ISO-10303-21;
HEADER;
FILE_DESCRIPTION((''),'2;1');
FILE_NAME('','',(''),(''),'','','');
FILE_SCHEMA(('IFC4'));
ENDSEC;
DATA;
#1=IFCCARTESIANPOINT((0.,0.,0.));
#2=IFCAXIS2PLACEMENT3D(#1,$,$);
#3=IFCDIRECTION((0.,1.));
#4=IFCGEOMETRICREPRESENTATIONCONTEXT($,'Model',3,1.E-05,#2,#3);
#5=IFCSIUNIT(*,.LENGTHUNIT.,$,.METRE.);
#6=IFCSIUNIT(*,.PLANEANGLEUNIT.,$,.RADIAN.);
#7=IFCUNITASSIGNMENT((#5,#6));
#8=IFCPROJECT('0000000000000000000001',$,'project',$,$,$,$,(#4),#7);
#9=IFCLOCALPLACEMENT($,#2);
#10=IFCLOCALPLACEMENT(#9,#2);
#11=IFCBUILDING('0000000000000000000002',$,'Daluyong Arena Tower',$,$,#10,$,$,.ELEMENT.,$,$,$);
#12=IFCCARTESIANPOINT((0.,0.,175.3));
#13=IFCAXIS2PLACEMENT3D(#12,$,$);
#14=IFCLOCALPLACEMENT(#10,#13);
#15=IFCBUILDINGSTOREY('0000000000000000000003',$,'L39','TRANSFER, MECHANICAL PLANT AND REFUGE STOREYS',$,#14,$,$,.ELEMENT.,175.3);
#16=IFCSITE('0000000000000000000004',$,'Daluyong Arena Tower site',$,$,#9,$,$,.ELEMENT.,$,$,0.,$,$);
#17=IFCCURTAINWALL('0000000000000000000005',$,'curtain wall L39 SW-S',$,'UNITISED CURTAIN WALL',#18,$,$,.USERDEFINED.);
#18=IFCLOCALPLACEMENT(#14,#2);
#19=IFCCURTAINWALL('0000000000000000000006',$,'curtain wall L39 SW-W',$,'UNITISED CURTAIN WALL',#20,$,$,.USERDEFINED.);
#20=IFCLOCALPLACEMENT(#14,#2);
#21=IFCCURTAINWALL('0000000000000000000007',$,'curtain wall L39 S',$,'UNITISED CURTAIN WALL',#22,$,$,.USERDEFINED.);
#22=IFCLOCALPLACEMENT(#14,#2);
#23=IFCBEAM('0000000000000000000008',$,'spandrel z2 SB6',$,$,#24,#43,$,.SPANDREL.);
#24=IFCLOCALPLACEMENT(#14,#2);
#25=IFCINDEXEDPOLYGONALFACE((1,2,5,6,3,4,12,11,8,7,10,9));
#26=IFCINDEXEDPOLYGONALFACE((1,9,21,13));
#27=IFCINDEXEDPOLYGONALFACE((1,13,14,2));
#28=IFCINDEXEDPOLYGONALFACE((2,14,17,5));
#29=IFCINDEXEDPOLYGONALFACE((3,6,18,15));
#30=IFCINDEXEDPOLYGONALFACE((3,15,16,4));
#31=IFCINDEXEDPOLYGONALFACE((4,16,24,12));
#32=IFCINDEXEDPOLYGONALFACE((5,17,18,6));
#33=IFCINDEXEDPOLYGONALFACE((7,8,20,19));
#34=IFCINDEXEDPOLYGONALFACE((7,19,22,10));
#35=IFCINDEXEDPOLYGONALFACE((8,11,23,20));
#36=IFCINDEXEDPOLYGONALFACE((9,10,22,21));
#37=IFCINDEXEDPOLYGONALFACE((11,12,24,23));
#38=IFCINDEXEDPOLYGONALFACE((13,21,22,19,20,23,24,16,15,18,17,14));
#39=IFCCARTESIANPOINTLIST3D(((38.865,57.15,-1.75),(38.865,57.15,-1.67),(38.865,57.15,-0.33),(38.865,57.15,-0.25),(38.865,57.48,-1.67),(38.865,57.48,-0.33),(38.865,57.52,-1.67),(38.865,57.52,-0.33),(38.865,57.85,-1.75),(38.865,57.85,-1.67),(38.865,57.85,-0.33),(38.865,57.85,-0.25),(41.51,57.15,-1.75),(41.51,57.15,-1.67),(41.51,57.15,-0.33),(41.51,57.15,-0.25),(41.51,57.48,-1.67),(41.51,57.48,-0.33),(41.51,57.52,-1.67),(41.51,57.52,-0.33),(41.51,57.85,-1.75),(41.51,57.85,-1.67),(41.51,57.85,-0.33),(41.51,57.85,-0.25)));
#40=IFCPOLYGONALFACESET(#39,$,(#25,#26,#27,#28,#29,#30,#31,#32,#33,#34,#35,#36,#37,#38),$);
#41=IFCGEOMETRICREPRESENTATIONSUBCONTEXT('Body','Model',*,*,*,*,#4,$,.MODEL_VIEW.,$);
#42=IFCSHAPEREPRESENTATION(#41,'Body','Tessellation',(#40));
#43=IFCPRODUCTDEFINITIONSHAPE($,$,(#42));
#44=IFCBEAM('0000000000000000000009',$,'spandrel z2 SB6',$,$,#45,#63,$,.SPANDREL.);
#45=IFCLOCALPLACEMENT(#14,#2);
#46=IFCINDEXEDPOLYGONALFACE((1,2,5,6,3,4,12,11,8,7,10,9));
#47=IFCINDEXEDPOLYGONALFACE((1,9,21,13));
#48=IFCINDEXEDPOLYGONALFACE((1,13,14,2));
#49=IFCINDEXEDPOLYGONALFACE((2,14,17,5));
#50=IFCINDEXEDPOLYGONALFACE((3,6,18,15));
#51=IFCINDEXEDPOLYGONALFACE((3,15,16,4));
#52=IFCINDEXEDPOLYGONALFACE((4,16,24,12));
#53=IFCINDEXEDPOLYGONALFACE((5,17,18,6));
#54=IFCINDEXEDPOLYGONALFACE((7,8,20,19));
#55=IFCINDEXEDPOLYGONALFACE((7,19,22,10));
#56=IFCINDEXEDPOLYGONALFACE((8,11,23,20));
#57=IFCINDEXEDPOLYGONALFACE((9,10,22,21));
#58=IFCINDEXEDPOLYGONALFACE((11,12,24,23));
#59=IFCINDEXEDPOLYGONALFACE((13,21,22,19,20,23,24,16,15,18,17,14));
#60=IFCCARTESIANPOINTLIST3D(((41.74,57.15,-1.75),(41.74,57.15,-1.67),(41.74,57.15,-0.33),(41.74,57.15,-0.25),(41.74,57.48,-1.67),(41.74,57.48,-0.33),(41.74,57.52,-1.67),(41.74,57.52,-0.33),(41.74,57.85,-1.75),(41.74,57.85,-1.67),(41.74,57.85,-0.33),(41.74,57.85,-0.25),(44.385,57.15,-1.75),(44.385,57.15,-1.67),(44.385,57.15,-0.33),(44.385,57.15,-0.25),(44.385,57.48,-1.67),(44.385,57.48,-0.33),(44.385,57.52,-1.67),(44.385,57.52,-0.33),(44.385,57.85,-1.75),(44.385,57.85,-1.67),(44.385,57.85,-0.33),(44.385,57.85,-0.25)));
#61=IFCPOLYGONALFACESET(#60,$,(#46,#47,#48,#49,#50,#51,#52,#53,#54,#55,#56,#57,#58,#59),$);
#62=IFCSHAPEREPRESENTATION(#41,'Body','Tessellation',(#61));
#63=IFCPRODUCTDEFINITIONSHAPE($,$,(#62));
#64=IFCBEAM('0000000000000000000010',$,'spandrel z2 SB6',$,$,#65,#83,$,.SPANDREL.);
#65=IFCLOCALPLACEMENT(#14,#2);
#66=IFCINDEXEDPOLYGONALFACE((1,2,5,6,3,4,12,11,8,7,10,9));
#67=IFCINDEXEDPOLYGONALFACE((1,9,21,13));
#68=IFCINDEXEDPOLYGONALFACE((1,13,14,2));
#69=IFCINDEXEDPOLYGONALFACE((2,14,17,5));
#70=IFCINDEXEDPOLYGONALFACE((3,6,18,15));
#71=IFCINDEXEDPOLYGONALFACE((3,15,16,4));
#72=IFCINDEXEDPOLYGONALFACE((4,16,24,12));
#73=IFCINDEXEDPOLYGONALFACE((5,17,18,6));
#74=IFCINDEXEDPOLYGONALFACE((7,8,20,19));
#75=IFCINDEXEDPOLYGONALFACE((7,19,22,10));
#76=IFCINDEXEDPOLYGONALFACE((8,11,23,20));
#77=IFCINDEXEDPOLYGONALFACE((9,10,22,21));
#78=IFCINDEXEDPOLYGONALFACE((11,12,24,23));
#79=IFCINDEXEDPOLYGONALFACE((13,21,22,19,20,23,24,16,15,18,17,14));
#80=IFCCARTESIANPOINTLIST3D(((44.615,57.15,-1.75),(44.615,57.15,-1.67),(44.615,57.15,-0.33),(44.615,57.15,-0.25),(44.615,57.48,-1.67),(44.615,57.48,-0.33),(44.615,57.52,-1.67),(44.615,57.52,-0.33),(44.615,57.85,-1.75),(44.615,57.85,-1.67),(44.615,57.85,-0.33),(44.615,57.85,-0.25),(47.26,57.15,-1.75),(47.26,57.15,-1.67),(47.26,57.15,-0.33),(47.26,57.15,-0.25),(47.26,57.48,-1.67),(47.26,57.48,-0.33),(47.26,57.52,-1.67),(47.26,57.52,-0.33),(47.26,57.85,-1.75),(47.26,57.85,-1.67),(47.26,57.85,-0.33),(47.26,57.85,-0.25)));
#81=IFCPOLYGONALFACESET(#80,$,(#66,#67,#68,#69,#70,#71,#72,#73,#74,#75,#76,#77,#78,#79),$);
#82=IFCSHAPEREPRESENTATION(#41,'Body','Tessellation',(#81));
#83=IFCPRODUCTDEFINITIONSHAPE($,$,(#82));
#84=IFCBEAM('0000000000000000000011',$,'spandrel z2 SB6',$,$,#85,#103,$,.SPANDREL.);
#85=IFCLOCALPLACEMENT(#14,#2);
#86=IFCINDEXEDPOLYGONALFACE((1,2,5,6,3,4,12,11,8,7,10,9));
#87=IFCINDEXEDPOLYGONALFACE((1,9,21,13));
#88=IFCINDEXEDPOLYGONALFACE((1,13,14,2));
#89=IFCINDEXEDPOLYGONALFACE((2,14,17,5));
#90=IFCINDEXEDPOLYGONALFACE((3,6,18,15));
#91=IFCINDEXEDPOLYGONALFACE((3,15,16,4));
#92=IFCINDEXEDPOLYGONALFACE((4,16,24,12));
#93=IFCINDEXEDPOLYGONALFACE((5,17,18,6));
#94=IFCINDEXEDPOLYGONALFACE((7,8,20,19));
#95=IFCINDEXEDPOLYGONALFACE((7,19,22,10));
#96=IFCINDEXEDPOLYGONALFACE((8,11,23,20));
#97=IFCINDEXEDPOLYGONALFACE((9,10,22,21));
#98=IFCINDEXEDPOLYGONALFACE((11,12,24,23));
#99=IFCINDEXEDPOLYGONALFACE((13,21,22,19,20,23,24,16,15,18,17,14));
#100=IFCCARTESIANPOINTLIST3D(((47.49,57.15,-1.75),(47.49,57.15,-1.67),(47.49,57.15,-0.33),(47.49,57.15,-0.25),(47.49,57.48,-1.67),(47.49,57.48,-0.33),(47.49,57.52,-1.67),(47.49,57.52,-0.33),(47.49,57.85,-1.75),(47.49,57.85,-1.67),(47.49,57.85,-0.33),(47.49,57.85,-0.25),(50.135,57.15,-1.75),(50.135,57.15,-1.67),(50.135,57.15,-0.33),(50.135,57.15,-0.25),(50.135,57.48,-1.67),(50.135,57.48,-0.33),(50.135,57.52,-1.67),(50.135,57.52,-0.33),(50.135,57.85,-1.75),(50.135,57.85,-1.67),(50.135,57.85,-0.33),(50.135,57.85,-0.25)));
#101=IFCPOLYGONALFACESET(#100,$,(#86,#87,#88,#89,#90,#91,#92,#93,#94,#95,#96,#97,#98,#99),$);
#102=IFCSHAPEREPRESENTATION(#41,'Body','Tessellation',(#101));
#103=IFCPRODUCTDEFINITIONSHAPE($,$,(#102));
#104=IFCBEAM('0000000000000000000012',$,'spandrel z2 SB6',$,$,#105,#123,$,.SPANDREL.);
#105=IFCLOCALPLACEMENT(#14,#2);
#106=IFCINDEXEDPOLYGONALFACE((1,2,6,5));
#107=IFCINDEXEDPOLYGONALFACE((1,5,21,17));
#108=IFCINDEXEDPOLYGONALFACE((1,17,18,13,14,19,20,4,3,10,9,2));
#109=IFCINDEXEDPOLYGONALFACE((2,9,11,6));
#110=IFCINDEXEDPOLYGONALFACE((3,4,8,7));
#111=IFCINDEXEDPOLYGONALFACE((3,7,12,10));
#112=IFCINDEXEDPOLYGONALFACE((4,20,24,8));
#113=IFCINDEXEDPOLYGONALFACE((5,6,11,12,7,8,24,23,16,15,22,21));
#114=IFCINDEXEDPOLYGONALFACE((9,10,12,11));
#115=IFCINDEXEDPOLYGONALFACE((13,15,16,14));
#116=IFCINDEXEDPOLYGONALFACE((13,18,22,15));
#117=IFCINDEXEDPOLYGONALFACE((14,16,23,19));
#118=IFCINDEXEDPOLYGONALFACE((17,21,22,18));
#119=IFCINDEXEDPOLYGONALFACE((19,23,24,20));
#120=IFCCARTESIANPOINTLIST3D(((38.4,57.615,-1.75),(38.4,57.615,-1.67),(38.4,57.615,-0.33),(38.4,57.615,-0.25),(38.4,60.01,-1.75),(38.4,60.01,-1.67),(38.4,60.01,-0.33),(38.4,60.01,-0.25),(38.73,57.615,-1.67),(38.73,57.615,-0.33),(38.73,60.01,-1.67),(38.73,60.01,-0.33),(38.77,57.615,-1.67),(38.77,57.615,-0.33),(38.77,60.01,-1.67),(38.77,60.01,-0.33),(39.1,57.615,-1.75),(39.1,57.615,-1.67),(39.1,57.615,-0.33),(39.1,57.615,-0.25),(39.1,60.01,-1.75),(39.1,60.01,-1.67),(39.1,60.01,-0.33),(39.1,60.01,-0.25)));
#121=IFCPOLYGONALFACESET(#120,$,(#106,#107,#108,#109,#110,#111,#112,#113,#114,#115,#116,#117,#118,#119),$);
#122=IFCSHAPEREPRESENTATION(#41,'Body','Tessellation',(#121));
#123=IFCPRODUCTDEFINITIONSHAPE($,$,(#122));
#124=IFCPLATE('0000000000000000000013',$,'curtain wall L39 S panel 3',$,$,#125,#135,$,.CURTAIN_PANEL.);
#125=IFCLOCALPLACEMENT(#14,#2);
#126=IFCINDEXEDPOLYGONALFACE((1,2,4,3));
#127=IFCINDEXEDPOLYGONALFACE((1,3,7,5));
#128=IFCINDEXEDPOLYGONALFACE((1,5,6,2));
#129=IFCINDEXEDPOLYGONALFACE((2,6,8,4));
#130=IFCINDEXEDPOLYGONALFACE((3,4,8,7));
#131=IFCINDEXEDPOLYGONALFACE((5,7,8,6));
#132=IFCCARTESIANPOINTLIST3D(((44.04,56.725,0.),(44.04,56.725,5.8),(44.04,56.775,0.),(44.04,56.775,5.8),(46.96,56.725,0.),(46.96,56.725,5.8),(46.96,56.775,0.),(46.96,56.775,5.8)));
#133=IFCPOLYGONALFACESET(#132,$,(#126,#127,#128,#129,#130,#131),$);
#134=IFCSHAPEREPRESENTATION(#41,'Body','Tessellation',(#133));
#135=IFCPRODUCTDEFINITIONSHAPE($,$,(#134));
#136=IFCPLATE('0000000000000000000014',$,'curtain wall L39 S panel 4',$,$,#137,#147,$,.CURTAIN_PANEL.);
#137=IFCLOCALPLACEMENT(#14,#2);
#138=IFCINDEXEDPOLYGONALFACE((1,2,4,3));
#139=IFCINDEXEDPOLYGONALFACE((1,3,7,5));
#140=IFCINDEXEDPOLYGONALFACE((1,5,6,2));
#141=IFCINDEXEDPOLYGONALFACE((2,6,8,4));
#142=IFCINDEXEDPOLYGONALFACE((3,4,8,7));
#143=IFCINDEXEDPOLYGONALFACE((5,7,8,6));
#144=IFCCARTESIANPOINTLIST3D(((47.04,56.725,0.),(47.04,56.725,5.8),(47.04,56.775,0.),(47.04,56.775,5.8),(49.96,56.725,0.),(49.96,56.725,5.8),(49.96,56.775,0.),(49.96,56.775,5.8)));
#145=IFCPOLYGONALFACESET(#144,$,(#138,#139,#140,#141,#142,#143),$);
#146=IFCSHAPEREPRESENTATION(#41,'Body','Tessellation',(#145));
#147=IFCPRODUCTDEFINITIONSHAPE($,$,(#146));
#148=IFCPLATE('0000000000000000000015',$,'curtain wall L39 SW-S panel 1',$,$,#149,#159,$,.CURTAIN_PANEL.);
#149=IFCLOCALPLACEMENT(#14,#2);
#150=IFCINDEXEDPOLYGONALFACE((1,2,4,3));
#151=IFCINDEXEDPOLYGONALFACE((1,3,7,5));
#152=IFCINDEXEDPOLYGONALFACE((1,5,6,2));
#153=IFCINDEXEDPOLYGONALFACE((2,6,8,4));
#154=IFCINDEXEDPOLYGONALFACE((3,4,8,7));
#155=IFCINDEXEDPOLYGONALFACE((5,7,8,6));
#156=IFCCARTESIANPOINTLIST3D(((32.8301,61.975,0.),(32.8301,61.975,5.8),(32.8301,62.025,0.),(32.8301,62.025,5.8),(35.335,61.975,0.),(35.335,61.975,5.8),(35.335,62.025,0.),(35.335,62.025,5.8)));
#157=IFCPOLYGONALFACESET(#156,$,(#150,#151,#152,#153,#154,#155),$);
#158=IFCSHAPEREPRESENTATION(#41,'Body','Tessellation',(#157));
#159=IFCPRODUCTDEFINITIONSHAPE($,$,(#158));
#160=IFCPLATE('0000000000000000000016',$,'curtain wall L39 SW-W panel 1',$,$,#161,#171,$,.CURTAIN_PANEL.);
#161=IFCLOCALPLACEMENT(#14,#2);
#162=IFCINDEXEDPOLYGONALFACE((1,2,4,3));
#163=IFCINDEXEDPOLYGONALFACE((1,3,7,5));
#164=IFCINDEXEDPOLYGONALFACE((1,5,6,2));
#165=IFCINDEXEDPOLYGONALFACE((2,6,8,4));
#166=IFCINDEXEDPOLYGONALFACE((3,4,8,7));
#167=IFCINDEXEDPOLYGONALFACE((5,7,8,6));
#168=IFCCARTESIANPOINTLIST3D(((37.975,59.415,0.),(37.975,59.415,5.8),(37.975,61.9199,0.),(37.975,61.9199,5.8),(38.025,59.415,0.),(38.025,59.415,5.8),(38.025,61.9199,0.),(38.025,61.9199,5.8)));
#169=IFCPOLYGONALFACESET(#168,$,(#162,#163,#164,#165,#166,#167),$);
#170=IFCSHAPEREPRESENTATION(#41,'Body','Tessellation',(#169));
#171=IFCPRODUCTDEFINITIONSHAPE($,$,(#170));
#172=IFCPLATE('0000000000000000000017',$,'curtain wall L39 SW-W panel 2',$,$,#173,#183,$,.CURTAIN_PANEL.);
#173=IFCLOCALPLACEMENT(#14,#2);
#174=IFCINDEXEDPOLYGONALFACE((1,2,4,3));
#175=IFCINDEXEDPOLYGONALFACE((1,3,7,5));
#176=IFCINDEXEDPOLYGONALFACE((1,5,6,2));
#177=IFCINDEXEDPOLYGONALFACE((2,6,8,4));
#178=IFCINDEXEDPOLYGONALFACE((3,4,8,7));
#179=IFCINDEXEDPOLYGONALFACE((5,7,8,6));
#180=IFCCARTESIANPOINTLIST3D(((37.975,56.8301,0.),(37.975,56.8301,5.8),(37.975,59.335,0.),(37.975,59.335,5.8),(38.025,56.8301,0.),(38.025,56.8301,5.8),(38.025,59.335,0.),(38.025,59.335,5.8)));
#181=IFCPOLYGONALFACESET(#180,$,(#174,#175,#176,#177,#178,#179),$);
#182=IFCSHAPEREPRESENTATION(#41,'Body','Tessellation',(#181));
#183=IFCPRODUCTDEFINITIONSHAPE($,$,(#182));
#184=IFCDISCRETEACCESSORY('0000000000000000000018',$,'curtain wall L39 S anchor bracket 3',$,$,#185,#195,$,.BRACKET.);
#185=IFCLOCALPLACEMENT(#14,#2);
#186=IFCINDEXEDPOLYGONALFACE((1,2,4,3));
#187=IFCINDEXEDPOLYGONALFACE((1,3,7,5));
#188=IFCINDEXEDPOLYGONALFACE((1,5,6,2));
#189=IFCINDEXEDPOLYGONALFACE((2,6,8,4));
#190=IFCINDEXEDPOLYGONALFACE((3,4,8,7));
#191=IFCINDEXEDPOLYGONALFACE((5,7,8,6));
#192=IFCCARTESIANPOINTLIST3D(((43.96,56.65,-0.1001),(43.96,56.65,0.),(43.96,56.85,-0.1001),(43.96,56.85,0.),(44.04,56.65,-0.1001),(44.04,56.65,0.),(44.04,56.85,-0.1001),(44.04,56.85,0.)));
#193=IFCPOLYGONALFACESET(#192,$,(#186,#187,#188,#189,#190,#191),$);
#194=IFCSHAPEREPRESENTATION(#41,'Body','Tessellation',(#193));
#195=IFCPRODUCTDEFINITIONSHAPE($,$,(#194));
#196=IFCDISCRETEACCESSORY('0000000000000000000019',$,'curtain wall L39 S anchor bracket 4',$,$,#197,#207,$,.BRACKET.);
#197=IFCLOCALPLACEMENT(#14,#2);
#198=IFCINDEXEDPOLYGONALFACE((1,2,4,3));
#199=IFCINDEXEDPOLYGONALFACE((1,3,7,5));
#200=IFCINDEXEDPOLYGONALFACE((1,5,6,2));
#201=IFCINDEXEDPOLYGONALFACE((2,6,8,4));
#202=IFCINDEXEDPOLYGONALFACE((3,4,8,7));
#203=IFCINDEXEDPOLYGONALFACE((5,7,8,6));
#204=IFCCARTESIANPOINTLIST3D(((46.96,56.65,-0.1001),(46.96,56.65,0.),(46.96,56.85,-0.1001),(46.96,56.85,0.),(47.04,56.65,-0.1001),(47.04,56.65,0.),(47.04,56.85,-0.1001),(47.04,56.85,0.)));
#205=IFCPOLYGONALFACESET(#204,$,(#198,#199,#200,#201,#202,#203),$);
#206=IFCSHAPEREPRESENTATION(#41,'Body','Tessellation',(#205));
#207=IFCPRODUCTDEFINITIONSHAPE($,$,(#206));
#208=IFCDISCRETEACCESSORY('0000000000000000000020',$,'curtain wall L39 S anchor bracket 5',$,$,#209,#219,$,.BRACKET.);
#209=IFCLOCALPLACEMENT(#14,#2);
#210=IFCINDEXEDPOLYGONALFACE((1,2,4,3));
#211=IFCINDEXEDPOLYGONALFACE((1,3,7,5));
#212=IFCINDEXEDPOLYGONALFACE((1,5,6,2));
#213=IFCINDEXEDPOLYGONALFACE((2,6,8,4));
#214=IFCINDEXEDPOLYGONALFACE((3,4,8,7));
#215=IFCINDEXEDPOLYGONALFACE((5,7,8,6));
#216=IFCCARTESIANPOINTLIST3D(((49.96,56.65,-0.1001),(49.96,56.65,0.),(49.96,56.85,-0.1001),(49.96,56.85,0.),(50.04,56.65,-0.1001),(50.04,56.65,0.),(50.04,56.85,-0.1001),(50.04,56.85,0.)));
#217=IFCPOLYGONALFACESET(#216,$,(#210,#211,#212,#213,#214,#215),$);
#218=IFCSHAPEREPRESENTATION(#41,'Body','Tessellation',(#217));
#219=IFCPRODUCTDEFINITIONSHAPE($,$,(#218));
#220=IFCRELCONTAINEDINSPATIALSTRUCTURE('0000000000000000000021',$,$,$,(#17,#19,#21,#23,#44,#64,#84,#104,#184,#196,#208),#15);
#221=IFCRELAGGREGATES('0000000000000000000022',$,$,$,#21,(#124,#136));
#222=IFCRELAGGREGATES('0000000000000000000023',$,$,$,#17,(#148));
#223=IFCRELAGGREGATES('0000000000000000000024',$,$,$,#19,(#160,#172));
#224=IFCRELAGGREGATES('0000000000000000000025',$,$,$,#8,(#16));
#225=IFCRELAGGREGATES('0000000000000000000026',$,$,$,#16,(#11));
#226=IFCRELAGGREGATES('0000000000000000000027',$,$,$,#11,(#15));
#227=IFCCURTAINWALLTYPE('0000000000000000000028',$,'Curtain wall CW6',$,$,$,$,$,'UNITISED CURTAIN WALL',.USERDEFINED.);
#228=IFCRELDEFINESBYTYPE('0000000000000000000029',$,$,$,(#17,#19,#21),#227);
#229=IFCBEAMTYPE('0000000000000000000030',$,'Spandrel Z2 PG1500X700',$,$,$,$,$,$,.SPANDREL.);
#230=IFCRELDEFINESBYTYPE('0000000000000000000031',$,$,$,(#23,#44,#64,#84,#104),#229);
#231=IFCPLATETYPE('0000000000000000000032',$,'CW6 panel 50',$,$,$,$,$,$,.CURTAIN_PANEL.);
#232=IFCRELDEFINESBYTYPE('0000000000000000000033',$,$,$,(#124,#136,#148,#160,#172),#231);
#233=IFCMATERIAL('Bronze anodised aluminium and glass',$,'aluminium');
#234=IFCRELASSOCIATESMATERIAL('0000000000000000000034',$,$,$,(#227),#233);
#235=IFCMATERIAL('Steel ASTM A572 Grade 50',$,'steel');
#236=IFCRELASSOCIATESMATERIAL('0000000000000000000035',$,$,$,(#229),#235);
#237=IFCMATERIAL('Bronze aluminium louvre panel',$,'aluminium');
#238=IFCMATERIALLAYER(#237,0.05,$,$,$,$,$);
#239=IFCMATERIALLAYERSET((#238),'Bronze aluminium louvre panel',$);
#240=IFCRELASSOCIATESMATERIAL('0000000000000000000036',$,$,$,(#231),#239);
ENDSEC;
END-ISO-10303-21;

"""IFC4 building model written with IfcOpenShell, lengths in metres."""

from ifc_helpers import new_model, si_unit, direction, frame, origin, origin_2d, place, context, subcontext, project, spatial, rectangle, i_section, extrude, material, layer, layer_set, material_profile, profile_set, type_object, element, aggregate, save


model = new_model("IFC4")

# Units and contexts
model_context = context("Model", 3, precision=1e-05, world=origin(), true_north=direction((0.0, 1.0)))
body_context = subcontext(model_context, "Body", "Model", "MODEL_VIEW")
ifc_project = project(units=[si_unit("LENGTHUNIT", "METRE"), si_unit("PLANEANGLEUNIT", "RADIAN")], contexts=[model_context])

# Site, building, storey
site_placement = place(None, origin())
site = spatial("IfcSite", under=ifc_project, at=site_placement, Name="Daluyong Arena Tower site", CompositionType="ELEMENT", RefElevation=0.0)
building_placement = place(site_placement, origin())
building = spatial("IfcBuilding", under=site, at=building_placement, Name="Daluyong Arena Tower", CompositionType="ELEMENT")
storey_placement = place(building_placement, frame((0.0, 0.0, 175.3)))
storey = spatial("IfcBuildingStorey", under=building, at=storey_placement, Name="L39", Description="TRANSFER, MECHANICAL PLANT AND REFUGE STOREYS", CompositionType="ELEMENT", Elevation=175.3)

# Curtain walls
ifc_material_1 = material(Name="Bronze anodised aluminium and glass", Category="aluminium")
curtain_wall_type = type_object("IfcCurtainWallType", Name="Curtain wall CW6", ElementType="UNITISED CURTAIN WALL", PredefinedType="USERDEFINED", material=ifc_material_1)
curtain_wall_1_placement = place(storey_placement, origin())
curtain_wall_1 = element("IfcCurtainWall", 1, at=curtain_wall_1_placement, inside=storey, type_object=curtain_wall_type, Name="curtain wall L39 SW-S", ObjectType="UNITISED CURTAIN WALL", PredefinedType="USERDEFINED")
curtain_wall_2_placement = place(storey_placement, origin())
curtain_wall_2 = element("IfcCurtainWall", 2, at=curtain_wall_2_placement, inside=storey, type_object=curtain_wall_type, Name="curtain wall L39 SW-W", ObjectType="UNITISED CURTAIN WALL", PredefinedType="USERDEFINED")
curtain_wall_3_placement = place(storey_placement, origin())
curtain_wall_3 = element("IfcCurtainWall", 3, at=curtain_wall_3_placement, inside=storey, type_object=curtain_wall_type, Name="curtain wall L39 S", ObjectType="UNITISED CURTAIN WALL", PredefinedType="USERDEFINED")

# Beams
ifc_material_2 = material(Name="Steel ASTM A572 Grade 50", Category="steel")
ifc_material_profile_1 = material_profile(ifc_material_2, i_section(OverallWidth=0.7, OverallDepth=1.5, WebThickness=0.04, FlangeThickness=0.08, at=origin_2d()))
ifc_profile_set_1 = profile_set([ifc_material_profile_1], Name="Steel ASTM A572 Grade 50")
beam_type_1 = type_object("IfcBeamType", Name="Spandrel Z2 PG1500X700", PredefinedType="SPANDREL", material=ifc_profile_set_1)
for number, where, z_axis, x_axis, name in (
    (4, (38.865, 57.5, -1.0), (1.0, 0.0, 0.0), (0.0, 1.0, 0.0), "spandrel z2 SB6"),
    (5, (41.74, 57.5, -1.0), (1.0, 0.0, 0.0), (0.0, 1.0, 0.0), "spandrel z2 SB6"),
    (6, (44.615, 57.5, -1.0), (1.0, 0.0, 0.0), (0.0, 1.0, 0.0), "spandrel z2 SB6"),
    (7, (47.49, 57.5, -1.0), (1.0, 0.0, 0.0), (0.0, 1.0, 0.0), "spandrel z2 SB6"),
):
    element("IfcBeam", number, at=place(storey_placement, frame(where, z_axis=z_axis, x_axis=x_axis)), inside=storey, type_object=beam_type_1, Name=name, PredefinedType="SPANDREL", context=body_context, shape_type="SweptSolid", body=[
        extrude(i_section(OverallWidth=0.7, OverallDepth=1.5, WebThickness=0.04, FlangeThickness=0.08, at=origin_2d()), origin(), (0.0, 0.0, 1.0), 2.645),
    ])
beam_1_placement = place(storey_placement, frame((38.75, 60.01, -1.0), z_axis=(0.0, -1.0, 0.0), x_axis=(1.0, 0.0, 0.0)))
element("IfcBeam", 8, at=beam_1_placement, inside=storey, type_object=beam_type_1, Name="spandrel z2 SB6", PredefinedType="SPANDREL", context=body_context, shape_type="SweptSolid", body=[
    extrude(i_section(OverallWidth=0.7, OverallDepth=1.5, WebThickness=0.04, FlangeThickness=0.08, at=origin_2d()), origin(), (0.0, 0.0, 1.0), 2.395),
])

# Plates
ifc_material_3 = material(Name="Bronze aluminium louvre panel", Category="aluminium")
ifc_layer = layer(ifc_material_3, 0.05)
ifc_layer_set = layer_set([ifc_layer], Name="Bronze aluminium louvre panel")
plate_type = type_object("IfcPlateType", Name="CW6 panel 50", PredefinedType="CURTAIN_PANEL", material=ifc_layer_set)
plate_1_placement = place(storey_placement, frame((45.5, 56.75, 0.0), z_axis=(0.0, 0.0, 1.0), x_axis=(1.0, 0.0, 0.0)))
plate_1 = element("IfcPlate", 9, at=plate_1_placement, type_object=plate_type, Name="curtain wall L39 S panel 3", PredefinedType="CURTAIN_PANEL", context=body_context, shape_type="SweptSolid", body=[
    extrude(rectangle(XDim=2.9199, YDim=0.05, at=origin_2d()), origin(), (0.0, 0.0, 1.0), 5.8),
])
plate_2_placement = place(storey_placement, frame((48.5, 56.75, 0.0), z_axis=(0.0, 0.0, 1.0), x_axis=(1.0, 0.0, 0.0)))
plate_2 = element("IfcPlate", 10, at=plate_2_placement, type_object=plate_type, Name="curtain wall L39 S panel 4", PredefinedType="CURTAIN_PANEL", context=body_context, shape_type="SweptSolid", body=[
    extrude(rectangle(XDim=2.9199, YDim=0.05, at=origin_2d()), origin(), (0.0, 0.0, 1.0), 5.8),
])
aggregate(curtain_wall_3, [plate_1, plate_2])
plate_3_placement = place(storey_placement, frame((34.0825, 62.0, 0.0), z_axis=(0.0, 0.0, 1.0), x_axis=(1.0, 0.0, 0.0)))
plate_3 = element("IfcPlate", 11, at=plate_3_placement, type_object=plate_type, Name="curtain wall L39 SW-S panel 1", PredefinedType="CURTAIN_PANEL", context=body_context, shape_type="SweptSolid", body=[
    extrude(rectangle(XDim=2.5049, YDim=0.05, at=origin_2d()), origin(), (0.0, 0.0, 1.0), 5.8),
])
aggregate(curtain_wall_1, [plate_3])
plate_4_placement = place(storey_placement, frame((38.0, 60.6675, 0.0), z_axis=(0.0, 0.0, 1.0), x_axis=(0.0, -1.0, 0.0)))
plate_4 = element("IfcPlate", 12, at=plate_4_placement, type_object=plate_type, Name="curtain wall L39 SW-W panel 1", PredefinedType="CURTAIN_PANEL", context=body_context, shape_type="SweptSolid", body=[
    extrude(rectangle(XDim=2.5049, YDim=0.05, at=origin_2d()), origin(), (0.0, 0.0, 1.0), 5.8),
])
plate_5_placement = place(storey_placement, frame((38.0, 58.0825, 0.0), z_axis=(0.0, 0.0, 1.0), x_axis=(0.0, -1.0, 0.0)))
plate_5 = element("IfcPlate", 13, at=plate_5_placement, type_object=plate_type, Name="curtain wall L39 SW-W panel 2", PredefinedType="CURTAIN_PANEL", context=body_context, shape_type="SweptSolid", body=[
    extrude(rectangle(XDim=2.5049, YDim=0.05, at=origin_2d()), origin(), (0.0, 0.0, 1.0), 5.8),
])
aggregate(curtain_wall_2, [plate_4, plate_5])

# Discrete accessories
for number, where, z_axis, x_axis, name in (
    (14, (44.0, 56.75, -0.1001), (0.0, 0.0, 1.0), (1.0, 0.0, 0.0), "curtain wall L39 S anchor bracket 3"),
    (15, (47.0, 56.75, -0.1001), (0.0, 0.0, 1.0), (1.0, 0.0, 0.0), "curtain wall L39 S anchor bracket 4"),
    (16, (50.0, 56.75, -0.1001), (0.0, 0.0, 1.0), (1.0, 0.0, 0.0), "curtain wall L39 S anchor bracket 5"),
):
    element("IfcDiscreteAccessory", number, at=place(storey_placement, frame(where, z_axis=z_axis, x_axis=x_axis)), inside=storey, Name=name, PredefinedType="BRACKET", context=body_context, shape_type="SweptSolid", body=[
        extrude(rectangle(XDim=0.0801, YDim=0.2, at=origin_2d()), origin(), (0.0, 0.0, 1.0), 0.1001),
    ])

save(model, "model.ifc")
